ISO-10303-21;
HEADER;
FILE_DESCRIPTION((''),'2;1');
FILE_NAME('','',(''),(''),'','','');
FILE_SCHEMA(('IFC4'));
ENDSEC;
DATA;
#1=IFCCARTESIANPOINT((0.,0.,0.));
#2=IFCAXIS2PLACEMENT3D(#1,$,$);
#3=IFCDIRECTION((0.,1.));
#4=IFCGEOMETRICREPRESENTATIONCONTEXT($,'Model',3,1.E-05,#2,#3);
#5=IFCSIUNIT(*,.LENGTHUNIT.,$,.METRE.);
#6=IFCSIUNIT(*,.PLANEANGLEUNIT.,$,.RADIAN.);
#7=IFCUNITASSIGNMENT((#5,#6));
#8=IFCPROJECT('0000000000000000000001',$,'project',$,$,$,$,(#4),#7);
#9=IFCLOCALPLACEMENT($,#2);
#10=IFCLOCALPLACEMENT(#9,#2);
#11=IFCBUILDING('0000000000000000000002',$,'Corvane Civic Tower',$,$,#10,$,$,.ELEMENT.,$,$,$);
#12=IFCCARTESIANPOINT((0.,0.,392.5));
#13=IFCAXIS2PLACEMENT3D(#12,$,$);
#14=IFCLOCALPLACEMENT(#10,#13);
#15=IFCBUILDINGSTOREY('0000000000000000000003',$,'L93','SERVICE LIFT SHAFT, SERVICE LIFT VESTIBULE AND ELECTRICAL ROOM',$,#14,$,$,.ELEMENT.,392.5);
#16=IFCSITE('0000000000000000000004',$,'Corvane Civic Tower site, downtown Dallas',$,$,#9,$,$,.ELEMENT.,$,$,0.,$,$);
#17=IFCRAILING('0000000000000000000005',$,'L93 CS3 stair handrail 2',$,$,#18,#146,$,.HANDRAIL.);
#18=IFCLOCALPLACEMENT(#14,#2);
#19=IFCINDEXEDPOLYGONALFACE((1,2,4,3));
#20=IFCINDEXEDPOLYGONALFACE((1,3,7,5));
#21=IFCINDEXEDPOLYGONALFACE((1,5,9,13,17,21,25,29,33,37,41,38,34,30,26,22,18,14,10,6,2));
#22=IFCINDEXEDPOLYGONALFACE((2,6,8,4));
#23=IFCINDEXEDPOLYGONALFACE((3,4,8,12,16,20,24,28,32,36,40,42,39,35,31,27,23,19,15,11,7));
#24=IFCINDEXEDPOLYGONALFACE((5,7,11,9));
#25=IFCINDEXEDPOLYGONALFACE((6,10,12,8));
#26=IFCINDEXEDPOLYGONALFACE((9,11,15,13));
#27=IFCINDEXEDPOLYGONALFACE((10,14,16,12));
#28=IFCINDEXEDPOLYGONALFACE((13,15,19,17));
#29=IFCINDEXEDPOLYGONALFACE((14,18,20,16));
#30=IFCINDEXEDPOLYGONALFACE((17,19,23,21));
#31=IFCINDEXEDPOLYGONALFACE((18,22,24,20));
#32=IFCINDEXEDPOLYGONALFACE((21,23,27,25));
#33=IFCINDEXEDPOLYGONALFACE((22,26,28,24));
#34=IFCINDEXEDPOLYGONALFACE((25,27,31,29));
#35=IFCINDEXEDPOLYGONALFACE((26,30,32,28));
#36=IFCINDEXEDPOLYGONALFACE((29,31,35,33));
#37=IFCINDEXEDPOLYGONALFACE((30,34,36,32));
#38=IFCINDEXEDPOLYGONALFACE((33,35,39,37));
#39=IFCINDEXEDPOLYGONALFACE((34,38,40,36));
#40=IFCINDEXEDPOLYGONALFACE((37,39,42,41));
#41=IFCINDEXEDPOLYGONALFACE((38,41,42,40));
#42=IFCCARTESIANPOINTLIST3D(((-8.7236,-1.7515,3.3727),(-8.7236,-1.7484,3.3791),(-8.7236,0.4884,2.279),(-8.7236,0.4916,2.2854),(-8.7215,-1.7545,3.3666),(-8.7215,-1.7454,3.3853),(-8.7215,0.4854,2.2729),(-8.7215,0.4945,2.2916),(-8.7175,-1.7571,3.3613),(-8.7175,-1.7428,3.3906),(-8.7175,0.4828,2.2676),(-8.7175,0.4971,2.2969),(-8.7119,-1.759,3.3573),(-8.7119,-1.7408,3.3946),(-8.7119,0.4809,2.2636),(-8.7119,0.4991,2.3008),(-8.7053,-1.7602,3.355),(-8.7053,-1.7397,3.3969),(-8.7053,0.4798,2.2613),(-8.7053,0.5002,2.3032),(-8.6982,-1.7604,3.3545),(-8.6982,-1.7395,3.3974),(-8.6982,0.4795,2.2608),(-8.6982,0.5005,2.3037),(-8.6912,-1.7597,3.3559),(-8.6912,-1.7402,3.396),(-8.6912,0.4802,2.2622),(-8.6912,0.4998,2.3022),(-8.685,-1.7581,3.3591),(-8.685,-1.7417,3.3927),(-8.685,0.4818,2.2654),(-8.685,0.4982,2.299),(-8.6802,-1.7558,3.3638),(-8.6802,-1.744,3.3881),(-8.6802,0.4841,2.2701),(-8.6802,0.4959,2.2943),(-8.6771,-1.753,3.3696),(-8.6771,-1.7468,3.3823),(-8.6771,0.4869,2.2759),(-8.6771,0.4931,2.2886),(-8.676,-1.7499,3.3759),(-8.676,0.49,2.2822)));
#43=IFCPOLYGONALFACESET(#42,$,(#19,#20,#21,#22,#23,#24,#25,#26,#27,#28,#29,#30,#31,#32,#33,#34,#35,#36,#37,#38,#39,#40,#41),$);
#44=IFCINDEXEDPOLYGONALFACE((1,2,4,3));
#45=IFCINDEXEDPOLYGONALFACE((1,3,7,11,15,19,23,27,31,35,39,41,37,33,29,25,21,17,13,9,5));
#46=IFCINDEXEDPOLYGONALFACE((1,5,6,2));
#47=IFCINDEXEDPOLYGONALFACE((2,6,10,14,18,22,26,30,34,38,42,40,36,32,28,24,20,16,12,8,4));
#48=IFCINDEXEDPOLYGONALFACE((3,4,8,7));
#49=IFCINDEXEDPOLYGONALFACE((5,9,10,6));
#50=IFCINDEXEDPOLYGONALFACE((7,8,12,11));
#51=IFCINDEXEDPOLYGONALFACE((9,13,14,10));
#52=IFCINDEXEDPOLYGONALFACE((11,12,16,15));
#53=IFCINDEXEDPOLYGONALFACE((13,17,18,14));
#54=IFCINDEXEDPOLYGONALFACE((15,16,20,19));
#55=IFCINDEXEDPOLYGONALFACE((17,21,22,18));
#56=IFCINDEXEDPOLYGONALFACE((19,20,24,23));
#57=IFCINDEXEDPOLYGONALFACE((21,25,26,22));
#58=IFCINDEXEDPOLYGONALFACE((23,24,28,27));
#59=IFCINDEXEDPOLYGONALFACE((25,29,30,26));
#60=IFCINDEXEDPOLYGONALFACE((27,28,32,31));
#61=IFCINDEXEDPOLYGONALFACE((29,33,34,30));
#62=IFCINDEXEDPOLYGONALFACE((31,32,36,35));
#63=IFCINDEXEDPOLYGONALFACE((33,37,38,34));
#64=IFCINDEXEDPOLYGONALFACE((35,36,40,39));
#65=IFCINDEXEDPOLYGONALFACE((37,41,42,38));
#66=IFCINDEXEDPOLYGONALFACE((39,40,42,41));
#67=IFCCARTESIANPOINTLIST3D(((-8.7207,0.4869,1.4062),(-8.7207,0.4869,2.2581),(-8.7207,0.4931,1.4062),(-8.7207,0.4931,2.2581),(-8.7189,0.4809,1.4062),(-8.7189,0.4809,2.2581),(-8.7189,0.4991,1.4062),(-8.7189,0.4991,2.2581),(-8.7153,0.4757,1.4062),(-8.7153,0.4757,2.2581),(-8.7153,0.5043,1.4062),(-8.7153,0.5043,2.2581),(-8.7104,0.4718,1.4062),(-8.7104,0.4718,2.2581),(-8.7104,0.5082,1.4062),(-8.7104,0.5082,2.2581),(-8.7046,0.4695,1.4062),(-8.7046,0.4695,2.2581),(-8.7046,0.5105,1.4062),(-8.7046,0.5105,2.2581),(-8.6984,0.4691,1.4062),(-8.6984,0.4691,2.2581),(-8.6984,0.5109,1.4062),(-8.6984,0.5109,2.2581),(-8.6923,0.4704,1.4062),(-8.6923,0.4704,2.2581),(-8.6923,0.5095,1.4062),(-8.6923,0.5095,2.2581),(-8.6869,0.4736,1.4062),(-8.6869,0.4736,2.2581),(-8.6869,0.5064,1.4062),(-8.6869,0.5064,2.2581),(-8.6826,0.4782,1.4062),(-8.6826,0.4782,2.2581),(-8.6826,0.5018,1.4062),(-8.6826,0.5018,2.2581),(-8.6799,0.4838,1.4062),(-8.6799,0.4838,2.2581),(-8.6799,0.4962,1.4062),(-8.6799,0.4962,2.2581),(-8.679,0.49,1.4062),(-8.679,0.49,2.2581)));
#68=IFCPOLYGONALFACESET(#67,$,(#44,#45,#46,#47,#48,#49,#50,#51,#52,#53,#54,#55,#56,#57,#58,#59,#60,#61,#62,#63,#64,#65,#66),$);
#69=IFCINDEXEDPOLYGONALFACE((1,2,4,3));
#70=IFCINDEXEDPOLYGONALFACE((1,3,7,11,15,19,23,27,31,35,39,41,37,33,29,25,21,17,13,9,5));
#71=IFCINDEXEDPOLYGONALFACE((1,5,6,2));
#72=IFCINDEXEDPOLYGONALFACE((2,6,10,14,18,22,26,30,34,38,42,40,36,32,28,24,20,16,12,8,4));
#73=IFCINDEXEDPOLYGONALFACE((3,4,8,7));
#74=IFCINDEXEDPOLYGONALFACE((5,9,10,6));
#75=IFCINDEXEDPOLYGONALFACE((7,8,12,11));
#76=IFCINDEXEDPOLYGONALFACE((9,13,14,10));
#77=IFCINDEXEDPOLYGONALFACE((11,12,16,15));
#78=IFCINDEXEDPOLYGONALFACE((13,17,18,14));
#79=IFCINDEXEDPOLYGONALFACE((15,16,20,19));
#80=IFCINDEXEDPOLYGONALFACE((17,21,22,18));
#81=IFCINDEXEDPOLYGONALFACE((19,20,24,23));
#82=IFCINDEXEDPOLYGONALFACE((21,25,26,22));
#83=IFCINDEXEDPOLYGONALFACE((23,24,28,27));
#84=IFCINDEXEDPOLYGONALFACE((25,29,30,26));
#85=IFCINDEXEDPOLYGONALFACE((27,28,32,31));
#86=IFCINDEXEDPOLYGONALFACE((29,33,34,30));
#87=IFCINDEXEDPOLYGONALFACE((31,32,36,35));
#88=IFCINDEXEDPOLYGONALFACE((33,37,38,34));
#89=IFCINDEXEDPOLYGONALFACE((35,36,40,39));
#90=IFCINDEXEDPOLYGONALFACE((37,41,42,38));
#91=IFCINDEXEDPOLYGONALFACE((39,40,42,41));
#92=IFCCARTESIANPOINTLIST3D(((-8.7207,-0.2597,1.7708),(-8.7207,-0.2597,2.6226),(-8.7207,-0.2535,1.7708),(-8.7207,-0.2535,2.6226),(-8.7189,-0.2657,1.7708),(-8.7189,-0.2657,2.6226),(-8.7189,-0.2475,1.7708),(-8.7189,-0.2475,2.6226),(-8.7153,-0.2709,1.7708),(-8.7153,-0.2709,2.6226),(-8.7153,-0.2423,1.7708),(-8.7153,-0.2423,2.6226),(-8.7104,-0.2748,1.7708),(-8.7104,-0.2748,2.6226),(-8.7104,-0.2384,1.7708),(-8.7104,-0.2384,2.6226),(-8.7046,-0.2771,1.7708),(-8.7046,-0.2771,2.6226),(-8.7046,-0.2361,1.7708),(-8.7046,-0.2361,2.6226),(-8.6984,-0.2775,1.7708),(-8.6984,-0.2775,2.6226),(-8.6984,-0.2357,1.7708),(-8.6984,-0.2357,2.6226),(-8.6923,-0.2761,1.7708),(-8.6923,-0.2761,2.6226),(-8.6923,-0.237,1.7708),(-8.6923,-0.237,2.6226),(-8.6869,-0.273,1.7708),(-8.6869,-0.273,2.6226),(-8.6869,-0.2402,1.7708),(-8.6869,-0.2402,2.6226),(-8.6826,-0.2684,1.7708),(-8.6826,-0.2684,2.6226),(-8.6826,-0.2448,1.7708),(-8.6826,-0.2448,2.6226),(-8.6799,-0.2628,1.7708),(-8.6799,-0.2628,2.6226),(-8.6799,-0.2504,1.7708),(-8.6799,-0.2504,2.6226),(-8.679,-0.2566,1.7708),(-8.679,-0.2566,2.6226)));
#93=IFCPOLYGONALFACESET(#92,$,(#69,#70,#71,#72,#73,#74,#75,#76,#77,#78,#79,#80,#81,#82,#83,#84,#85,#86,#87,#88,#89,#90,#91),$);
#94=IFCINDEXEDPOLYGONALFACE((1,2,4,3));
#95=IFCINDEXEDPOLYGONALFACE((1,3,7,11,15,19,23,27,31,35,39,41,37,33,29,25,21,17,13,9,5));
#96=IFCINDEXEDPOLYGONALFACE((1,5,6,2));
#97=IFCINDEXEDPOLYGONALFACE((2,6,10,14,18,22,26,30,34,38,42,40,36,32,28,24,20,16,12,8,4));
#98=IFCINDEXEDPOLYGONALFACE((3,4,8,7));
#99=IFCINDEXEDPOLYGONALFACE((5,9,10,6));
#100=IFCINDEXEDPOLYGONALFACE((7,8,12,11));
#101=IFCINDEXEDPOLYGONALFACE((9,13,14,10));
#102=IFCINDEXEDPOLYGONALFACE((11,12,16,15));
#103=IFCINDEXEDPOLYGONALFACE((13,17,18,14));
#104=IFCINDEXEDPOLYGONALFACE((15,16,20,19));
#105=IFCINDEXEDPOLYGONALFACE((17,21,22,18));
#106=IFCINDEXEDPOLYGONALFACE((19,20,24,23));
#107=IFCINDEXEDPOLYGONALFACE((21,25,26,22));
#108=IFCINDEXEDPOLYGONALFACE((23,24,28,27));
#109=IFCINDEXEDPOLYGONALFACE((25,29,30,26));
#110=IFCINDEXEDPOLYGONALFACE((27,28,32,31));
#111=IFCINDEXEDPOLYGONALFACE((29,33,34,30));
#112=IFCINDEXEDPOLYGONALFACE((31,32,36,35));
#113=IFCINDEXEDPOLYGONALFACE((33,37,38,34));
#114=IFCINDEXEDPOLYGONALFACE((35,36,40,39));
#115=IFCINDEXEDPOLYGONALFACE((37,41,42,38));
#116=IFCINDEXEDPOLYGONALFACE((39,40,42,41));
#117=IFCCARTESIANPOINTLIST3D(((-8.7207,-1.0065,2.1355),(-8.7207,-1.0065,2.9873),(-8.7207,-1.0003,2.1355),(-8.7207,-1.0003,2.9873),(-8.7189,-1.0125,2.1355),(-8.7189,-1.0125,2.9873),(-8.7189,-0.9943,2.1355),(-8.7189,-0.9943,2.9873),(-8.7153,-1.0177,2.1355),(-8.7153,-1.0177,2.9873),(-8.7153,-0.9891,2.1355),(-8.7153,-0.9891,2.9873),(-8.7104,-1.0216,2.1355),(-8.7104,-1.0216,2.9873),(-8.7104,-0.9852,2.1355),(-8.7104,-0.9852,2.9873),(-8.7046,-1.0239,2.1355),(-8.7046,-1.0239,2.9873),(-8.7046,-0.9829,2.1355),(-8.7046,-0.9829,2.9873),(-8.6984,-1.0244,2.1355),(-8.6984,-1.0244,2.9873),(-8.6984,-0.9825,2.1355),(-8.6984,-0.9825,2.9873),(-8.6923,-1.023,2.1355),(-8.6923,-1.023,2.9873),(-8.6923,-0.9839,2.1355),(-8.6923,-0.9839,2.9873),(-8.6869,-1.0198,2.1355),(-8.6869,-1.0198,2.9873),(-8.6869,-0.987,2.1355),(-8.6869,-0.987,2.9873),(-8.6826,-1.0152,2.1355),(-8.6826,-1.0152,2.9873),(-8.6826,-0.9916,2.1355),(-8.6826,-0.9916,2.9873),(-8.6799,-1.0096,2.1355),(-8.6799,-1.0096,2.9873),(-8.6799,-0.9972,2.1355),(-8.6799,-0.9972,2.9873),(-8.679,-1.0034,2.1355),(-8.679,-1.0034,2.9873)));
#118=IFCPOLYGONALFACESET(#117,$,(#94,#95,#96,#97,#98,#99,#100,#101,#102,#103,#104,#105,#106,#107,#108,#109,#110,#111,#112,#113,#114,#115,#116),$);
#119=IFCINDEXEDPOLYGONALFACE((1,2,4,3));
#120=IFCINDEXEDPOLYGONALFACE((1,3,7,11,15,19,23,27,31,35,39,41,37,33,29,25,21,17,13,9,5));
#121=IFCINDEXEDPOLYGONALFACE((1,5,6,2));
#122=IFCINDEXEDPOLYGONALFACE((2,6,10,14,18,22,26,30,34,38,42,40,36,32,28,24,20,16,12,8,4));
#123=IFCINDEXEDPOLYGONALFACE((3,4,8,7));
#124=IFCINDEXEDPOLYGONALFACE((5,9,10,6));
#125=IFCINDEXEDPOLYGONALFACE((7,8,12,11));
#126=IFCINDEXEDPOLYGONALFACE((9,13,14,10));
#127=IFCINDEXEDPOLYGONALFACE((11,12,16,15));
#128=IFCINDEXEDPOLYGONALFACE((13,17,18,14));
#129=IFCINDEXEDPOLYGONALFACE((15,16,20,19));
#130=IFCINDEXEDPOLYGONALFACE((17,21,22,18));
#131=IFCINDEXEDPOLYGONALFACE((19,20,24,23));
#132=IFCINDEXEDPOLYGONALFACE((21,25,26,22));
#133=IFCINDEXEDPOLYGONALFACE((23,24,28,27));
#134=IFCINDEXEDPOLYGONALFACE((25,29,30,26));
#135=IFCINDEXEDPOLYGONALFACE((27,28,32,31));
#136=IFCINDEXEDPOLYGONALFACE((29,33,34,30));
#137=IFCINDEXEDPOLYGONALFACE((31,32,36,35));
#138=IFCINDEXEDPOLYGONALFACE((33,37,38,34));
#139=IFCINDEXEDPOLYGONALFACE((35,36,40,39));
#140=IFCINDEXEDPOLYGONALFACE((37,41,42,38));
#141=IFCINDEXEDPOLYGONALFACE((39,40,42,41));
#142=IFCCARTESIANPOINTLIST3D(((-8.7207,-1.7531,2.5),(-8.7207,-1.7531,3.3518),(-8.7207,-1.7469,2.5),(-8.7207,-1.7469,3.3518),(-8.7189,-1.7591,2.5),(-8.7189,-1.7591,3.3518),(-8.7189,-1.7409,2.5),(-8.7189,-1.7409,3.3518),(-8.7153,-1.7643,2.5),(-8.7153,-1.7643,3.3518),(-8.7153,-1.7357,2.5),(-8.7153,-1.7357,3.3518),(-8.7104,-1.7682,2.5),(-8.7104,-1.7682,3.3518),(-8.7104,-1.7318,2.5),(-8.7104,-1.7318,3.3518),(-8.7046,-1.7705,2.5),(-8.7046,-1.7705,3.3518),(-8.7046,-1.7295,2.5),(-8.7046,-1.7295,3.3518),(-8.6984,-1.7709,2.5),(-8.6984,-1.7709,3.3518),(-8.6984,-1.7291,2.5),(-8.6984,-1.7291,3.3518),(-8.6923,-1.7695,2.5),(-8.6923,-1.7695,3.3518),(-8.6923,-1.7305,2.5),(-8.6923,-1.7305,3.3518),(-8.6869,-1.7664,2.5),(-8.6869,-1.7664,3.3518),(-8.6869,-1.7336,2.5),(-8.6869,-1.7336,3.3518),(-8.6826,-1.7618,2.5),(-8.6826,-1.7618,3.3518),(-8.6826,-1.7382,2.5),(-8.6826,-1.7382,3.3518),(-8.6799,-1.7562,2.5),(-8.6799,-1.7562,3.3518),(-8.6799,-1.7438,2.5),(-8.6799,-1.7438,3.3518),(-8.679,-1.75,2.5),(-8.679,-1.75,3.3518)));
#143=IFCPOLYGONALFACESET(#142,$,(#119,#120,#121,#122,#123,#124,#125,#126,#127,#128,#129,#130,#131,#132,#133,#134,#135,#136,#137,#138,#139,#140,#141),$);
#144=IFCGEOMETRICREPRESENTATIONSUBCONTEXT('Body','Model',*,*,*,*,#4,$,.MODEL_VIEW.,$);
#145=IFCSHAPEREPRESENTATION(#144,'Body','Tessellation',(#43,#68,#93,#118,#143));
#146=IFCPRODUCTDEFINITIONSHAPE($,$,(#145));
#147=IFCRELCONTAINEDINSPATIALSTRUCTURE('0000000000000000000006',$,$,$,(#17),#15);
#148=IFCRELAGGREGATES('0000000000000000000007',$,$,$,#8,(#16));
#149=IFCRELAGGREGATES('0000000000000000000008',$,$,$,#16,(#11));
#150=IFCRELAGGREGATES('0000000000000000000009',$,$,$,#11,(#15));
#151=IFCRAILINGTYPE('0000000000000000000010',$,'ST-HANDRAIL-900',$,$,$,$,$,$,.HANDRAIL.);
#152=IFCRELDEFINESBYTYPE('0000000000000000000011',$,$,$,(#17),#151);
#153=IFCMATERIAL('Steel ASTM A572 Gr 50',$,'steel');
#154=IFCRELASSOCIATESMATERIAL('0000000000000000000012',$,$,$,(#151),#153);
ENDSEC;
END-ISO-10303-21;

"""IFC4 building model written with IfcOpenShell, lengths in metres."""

from ifc_helpers import new_model, si_unit, direction, frame, origin, origin_2d, place, context, subcontext, project, spatial, circle, extrude, material, type_object, element, save


model = new_model("IFC4")

# Units and contexts
model_context = context("Model", 3, precision=1e-05, world=origin(), true_north=direction((0.0, 1.0)))
body_context = subcontext(model_context, "Body", "Model", "MODEL_VIEW")
ifc_project = project(units=[si_unit("LENGTHUNIT", "METRE"), si_unit("PLANEANGLEUNIT", "RADIAN")], contexts=[model_context])

# Site, building, storey
site_placement = place(None, origin())
site = spatial("IfcSite", under=ifc_project, at=site_placement, Name="Corvane Civic Tower site, downtown Dallas", CompositionType="ELEMENT", RefElevation=0.0)
building_placement = place(site_placement, origin())
building = spatial("IfcBuilding", under=site, at=building_placement, Name="Corvane Civic Tower", CompositionType="ELEMENT")
storey_placement = place(building_placement, frame((0.0, 0.0, 392.5)))
storey = spatial("IfcBuildingStorey", under=building, at=storey_placement, Name="L93", Description="SERVICE LIFT SHAFT, SERVICE LIFT VESTIBULE AND ELECTRICAL ROOM", CompositionType="ELEMENT", Elevation=392.5)

# Railing
ifc_material_1 = material(Name="Steel ASTM A572 Gr 50", Category="steel")
railing_type = type_object("IfcRailingType", Name="ST-HANDRAIL-900", PredefinedType="HANDRAIL", material=ifc_material_1)
for number, where, name in (
    (1, (-8.7, 0.49, 1.4062), "L93 CS3 stair handrail 2"),
):
    element("IfcRailing", number, at=place(storey_placement, frame(where)), inside=storey, type_object=railing_type, Name=name, PredefinedType="HANDRAIL", context=body_context, shape_type="SweptSolid", body=[
        extrude(circle(Radius=0.0239, at=origin_2d()), frame((0.0, 0.0, 0.876), z_axis=(0.0, -0.898599, 0.438771), x_axis=(1.0, 0.0, 0.0)), (0.0, 0.0, 1.0), 2.4927),
        extrude(circle(Radius=0.021, at=origin_2d()), origin(), (0.0, 0.0, 1.0), 0.8518),
        extrude(circle(Radius=0.021, at=origin_2d()), frame((0.0, -0.7466, 0.3645)), (0.0, 0.0, 1.0), 0.8518),
        extrude(circle(Radius=0.021, at=origin_2d()), frame((0.0, -1.4934, 0.7292)), (0.0, 0.0, 1.0), 0.8518),
        extrude(circle(Radius=0.021, at=origin_2d()), frame((0.0, -2.24, 1.0938)), (0.0, 0.0, 1.0), 0.8518),
    ])

save(model, "model.ifc")
